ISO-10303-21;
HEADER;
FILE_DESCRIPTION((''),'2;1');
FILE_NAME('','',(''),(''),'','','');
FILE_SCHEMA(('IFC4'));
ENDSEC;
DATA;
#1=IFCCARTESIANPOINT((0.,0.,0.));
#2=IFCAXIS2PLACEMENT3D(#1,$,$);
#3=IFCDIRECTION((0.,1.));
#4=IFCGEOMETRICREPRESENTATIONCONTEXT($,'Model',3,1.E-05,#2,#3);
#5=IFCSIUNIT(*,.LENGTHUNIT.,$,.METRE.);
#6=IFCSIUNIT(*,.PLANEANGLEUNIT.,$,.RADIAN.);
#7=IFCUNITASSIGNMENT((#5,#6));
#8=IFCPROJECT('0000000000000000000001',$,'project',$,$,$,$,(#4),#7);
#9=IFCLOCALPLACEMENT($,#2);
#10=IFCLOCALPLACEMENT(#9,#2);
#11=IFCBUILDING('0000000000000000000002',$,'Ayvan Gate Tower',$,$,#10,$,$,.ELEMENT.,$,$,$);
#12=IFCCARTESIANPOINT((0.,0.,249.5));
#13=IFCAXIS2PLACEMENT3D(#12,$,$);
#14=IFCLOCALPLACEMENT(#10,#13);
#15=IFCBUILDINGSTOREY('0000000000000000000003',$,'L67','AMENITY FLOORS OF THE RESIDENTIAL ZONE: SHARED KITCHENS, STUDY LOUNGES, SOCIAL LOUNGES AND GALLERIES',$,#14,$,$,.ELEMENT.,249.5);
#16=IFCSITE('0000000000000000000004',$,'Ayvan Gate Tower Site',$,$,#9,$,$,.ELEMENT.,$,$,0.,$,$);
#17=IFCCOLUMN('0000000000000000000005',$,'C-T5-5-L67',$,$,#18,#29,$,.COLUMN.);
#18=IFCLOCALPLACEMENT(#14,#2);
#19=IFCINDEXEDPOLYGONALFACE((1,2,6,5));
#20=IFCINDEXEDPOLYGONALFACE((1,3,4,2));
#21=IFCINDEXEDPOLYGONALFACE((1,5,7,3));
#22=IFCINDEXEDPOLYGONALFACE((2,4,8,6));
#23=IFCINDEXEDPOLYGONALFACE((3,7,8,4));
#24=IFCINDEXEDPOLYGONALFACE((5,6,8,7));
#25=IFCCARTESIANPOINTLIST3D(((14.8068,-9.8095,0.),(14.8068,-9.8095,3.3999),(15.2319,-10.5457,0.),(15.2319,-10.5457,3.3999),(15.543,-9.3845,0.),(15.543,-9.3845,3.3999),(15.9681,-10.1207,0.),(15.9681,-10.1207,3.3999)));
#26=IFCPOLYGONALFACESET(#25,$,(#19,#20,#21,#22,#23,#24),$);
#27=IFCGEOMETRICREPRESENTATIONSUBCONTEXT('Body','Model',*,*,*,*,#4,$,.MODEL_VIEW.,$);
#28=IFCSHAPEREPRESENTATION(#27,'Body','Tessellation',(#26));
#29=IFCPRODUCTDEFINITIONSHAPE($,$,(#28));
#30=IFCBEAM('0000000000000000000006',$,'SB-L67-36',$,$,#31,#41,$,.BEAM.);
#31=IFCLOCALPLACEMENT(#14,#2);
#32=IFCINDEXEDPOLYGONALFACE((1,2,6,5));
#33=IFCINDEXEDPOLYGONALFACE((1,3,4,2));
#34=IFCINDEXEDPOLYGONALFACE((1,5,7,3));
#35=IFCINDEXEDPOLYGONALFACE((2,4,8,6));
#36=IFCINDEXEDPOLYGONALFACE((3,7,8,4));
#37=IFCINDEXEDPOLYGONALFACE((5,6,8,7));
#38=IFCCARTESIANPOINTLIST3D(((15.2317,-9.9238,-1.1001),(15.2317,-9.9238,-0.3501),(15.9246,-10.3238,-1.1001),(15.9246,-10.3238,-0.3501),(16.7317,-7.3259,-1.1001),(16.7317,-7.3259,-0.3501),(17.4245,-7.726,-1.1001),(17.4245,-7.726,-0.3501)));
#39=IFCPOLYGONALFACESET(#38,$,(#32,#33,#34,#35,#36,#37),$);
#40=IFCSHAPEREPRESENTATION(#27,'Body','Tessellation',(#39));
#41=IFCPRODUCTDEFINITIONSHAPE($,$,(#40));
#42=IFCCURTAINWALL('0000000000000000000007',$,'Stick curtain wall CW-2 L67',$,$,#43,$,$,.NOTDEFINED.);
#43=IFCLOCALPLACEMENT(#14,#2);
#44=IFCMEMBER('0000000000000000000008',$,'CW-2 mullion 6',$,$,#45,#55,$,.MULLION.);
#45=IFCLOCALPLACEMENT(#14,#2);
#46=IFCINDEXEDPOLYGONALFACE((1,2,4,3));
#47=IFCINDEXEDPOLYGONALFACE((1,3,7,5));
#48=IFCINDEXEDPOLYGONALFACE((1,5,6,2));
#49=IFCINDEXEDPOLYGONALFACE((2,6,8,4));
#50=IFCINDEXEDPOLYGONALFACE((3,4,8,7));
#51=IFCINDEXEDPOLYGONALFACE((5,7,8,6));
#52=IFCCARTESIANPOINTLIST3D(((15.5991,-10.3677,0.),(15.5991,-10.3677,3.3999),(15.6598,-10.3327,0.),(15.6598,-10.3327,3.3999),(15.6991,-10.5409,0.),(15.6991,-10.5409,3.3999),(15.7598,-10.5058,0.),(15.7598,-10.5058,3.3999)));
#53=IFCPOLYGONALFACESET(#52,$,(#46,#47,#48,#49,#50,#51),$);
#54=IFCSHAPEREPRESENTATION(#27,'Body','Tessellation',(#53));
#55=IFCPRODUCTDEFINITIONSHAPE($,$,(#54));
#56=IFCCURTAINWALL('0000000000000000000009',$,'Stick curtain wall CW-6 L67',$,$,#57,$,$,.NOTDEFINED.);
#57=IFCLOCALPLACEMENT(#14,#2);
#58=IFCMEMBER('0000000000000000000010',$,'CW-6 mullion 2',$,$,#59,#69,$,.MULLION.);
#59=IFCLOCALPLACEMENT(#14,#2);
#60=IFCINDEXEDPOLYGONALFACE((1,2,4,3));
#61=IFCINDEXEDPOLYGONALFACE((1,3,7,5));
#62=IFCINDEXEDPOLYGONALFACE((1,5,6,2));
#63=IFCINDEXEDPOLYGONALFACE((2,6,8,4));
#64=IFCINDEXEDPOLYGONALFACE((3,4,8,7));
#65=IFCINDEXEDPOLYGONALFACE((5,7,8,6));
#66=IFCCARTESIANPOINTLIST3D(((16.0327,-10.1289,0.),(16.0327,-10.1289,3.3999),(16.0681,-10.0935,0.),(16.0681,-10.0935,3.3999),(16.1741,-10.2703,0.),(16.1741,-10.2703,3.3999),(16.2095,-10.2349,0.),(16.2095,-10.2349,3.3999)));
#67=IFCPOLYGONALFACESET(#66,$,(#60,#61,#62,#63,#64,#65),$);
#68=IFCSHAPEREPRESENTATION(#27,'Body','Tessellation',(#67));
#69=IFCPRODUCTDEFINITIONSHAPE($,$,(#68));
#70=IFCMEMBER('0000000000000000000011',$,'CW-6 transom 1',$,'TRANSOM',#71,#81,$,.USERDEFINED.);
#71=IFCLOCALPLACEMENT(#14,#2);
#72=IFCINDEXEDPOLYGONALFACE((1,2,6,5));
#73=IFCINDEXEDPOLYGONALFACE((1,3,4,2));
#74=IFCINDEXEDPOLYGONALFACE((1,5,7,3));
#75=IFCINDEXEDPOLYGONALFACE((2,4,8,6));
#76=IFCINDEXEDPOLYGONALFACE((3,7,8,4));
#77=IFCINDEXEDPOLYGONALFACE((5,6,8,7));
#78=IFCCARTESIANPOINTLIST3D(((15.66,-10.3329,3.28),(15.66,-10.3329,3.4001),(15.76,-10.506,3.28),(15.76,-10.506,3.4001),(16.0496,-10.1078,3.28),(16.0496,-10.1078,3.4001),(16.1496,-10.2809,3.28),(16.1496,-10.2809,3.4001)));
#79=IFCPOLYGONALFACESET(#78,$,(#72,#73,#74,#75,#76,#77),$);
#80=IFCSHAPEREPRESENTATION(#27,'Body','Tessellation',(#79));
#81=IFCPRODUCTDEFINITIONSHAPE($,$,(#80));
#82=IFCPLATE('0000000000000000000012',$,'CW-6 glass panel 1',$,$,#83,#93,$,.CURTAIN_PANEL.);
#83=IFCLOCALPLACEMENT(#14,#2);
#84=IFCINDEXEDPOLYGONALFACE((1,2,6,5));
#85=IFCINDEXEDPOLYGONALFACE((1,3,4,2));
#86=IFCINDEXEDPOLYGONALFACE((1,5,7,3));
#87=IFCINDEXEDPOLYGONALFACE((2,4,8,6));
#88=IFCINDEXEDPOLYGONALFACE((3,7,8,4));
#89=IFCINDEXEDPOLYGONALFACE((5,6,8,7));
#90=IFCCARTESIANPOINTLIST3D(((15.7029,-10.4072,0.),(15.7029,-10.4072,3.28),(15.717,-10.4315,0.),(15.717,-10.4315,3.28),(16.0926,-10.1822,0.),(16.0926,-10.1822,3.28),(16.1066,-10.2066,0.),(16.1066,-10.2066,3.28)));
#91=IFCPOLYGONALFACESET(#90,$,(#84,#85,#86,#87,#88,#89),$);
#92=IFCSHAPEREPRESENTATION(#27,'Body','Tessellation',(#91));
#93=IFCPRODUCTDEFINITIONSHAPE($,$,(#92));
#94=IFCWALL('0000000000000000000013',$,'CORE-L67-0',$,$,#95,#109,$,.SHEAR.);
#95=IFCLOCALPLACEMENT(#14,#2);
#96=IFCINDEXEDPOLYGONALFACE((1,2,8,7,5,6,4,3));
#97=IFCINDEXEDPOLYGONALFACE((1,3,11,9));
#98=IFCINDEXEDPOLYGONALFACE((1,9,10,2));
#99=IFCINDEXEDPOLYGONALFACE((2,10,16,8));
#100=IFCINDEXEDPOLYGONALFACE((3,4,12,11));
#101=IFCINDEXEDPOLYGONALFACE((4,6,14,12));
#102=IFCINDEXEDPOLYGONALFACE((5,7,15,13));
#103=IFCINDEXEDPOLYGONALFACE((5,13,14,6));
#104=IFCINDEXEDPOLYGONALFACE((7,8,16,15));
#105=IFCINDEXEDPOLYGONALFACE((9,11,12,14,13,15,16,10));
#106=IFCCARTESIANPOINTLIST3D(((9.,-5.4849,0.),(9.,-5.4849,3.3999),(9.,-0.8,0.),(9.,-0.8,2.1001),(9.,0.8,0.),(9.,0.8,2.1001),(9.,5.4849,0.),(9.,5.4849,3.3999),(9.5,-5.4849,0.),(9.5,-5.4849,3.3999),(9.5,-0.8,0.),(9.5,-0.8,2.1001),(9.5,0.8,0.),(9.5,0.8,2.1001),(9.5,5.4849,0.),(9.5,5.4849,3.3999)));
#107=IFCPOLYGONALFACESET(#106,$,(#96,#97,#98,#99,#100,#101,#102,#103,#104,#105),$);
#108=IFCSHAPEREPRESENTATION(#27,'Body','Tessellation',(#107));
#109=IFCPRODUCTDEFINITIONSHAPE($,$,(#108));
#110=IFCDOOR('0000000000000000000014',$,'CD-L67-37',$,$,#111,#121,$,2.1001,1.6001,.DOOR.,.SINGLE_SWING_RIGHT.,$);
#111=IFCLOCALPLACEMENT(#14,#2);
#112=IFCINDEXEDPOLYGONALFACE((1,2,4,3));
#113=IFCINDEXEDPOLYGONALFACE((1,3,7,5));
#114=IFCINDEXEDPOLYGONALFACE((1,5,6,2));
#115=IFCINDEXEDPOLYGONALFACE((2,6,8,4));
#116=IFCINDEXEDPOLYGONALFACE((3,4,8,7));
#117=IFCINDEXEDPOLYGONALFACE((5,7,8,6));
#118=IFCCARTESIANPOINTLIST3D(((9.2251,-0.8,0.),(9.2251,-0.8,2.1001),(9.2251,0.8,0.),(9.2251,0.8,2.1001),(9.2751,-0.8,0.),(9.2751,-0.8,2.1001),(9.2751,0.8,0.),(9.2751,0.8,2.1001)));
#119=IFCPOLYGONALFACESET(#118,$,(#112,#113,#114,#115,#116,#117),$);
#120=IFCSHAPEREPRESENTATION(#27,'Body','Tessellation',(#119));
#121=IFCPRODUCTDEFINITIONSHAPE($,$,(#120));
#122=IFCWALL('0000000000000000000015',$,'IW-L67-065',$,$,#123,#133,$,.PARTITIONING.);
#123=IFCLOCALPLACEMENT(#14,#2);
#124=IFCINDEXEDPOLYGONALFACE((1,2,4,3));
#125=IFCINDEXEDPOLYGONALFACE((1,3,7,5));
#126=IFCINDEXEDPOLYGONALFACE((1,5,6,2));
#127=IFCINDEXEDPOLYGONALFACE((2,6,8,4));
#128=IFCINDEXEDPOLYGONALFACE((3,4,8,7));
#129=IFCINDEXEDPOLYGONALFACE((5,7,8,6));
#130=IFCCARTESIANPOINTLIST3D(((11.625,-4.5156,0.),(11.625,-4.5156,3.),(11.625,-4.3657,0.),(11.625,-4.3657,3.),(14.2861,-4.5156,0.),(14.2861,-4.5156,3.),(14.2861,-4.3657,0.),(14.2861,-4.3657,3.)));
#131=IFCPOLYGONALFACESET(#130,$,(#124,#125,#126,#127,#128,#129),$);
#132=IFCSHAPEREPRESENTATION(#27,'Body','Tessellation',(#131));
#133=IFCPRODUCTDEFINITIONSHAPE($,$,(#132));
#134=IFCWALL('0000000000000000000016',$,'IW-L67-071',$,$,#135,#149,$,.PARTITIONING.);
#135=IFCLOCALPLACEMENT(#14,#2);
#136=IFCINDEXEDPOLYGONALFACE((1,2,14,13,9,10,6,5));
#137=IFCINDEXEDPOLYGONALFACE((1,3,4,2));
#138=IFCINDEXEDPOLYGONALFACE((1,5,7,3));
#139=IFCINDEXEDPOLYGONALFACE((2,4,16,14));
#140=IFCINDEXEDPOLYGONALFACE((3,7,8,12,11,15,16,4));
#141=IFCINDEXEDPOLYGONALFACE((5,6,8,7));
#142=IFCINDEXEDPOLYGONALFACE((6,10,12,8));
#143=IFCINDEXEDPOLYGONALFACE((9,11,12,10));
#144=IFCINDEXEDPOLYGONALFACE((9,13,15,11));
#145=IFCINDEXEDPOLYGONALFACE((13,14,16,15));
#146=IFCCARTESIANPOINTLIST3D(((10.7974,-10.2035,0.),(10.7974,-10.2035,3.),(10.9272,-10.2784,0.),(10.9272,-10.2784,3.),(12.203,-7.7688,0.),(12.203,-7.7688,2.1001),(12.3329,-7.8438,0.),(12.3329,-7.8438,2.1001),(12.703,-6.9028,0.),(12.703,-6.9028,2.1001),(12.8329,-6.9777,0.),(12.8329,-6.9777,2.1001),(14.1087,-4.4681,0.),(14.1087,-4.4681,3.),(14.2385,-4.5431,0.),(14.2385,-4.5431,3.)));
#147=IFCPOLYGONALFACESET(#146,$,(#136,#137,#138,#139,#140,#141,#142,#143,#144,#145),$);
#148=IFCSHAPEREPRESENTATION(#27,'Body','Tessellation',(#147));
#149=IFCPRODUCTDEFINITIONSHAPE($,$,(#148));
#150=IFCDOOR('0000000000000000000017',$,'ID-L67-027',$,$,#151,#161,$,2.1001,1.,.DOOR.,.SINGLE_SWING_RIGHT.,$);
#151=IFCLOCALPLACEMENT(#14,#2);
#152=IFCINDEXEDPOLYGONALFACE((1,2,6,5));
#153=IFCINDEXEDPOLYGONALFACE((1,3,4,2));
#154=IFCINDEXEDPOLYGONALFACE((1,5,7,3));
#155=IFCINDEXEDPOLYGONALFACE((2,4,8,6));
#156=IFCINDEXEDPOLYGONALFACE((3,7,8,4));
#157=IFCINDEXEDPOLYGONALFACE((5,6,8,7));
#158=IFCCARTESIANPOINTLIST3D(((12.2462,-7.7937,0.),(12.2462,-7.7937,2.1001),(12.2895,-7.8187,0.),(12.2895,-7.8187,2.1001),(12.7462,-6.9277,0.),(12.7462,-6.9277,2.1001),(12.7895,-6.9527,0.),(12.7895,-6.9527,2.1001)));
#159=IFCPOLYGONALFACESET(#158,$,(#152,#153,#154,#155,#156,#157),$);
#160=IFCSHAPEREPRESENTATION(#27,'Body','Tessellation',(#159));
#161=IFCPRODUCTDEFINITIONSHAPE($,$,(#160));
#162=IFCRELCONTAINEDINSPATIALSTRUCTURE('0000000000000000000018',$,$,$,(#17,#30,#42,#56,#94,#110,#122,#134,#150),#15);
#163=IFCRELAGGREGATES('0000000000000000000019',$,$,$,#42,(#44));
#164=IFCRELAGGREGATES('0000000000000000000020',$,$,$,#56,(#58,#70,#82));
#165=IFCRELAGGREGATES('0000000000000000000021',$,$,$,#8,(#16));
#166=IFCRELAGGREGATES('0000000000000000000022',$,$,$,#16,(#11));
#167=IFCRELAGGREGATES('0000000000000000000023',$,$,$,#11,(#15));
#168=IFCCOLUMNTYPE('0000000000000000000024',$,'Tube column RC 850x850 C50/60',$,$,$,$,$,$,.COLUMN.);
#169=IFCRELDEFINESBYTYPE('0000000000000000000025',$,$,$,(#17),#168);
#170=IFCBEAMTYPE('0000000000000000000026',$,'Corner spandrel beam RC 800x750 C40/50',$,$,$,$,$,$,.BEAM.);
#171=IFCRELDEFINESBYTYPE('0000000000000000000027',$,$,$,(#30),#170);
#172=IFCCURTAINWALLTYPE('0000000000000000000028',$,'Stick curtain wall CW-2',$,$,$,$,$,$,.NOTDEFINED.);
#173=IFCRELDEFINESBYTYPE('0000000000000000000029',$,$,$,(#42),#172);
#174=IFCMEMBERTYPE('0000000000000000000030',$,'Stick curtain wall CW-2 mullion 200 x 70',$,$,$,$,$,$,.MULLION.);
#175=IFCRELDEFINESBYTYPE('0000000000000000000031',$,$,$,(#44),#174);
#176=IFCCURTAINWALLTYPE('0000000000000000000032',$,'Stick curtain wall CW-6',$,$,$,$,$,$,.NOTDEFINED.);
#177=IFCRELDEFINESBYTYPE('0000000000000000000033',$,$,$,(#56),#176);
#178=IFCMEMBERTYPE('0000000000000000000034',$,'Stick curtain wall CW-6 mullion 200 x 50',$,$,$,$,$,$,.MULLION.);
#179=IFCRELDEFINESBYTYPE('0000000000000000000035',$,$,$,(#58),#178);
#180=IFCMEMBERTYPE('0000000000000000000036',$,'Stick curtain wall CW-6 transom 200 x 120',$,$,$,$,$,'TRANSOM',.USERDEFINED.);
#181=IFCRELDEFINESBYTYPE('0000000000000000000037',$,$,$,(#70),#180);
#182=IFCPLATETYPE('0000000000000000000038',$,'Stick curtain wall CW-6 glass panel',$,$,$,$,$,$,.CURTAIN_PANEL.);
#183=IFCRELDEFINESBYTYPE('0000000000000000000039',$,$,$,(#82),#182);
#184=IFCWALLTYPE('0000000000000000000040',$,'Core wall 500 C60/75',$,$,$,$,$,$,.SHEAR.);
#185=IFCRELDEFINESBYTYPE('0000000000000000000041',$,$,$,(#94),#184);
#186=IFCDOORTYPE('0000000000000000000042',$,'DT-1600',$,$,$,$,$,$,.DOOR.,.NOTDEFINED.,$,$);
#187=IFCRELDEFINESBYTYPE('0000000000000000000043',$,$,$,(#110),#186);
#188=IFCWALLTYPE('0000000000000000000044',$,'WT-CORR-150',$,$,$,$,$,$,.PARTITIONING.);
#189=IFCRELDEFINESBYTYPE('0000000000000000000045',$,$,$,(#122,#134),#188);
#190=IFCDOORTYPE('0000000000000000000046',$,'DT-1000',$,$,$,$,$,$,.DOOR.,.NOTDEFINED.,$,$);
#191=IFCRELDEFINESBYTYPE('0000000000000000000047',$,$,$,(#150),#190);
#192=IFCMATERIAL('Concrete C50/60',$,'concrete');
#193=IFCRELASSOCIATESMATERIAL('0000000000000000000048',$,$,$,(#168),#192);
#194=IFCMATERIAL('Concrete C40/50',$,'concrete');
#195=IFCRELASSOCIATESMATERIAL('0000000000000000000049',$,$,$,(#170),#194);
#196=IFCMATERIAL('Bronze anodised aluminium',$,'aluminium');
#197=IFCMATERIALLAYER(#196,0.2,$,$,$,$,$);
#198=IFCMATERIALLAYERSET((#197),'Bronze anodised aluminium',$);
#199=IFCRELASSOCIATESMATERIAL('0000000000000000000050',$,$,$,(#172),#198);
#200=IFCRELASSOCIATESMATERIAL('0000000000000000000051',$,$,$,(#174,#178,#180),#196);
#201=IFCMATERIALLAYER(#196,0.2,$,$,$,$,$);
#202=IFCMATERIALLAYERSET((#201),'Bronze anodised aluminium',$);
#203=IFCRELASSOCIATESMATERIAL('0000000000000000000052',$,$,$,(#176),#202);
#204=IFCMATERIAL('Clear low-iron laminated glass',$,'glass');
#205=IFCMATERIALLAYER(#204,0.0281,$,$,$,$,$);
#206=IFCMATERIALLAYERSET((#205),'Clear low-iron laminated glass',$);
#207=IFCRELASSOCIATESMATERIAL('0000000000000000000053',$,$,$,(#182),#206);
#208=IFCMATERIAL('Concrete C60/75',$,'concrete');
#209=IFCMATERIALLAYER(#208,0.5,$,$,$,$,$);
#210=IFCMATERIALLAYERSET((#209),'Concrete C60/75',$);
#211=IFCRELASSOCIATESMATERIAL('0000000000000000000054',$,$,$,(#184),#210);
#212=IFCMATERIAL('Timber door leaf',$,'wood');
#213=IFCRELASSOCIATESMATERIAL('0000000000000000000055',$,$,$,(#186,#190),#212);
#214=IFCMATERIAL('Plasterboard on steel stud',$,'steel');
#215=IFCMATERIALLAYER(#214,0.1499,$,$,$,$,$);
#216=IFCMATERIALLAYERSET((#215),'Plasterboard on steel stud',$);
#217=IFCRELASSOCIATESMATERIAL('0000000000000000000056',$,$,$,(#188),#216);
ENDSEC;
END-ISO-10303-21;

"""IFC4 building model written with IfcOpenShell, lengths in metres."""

from ifc_helpers import new_model, si_unit, direction, frame, frame_2d, origin, origin_2d, place, context, subcontext, project, spatial, rectangle, extrude, material, layer, layer_set, material_profile, profile_set, type_object, element, fill, aggregate, save


model = new_model("IFC4")

# Units and contexts
model_context = context("Model", 3, precision=1e-05, world=origin(), true_north=direction((0.0, 1.0)))
body_context = subcontext(model_context, "Body", "Model", "MODEL_VIEW")
ifc_project = project(units=[si_unit("LENGTHUNIT", "METRE"), si_unit("PLANEANGLEUNIT", "RADIAN")], contexts=[model_context])

# Site, building, storey
site_placement = place(None, origin())
site = spatial("IfcSite", under=ifc_project, at=site_placement, Name="Ayvan Gate Tower Site", CompositionType="ELEMENT", RefElevation=0.0)
building_placement = place(site_placement, origin())
building = spatial("IfcBuilding", under=site, at=building_placement, Name="Ayvan Gate Tower", CompositionType="ELEMENT")
storey_placement = place(building_placement, frame((0.0, 0.0, 249.5)))
storey = spatial("IfcBuildingStorey", under=building, at=storey_placement, Name="L67", Description="AMENITY FLOORS OF THE RESIDENTIAL ZONE: SHARED KITCHENS, STUDY LOUNGES, SOCIAL LOUNGES AND GALLERIES", CompositionType="ELEMENT", Elevation=249.5)

# Column
ifc_material_1 = material(Name="Concrete C50/60", Category="concrete")
ifc_material_profile_1 = material_profile(ifc_material_1, rectangle(XDim=0.8501, YDim=0.8501, at=origin_2d()), Name="RC 850x850")
ifc_profile_set_1 = profile_set([ifc_material_profile_1], Name="Concrete C50/60")
column_type = type_object("IfcColumnType", Name="Tube column RC 850x850 C50/60", PredefinedType="COLUMN", material=ifc_profile_set_1)
column_placement = place(storey_placement, frame((15.3875, -9.9651, 0.0), z_axis=(0.0, 0.0, 1.0), x_axis=(0.5, -0.866025, 0.0)))
element("IfcColumn", 1, at=column_placement, inside=storey, type_object=column_type, Name="C-T5-5-L67", PredefinedType="COLUMN", context=body_context, shape_type="SweptSolid", body=[
    extrude(rectangle(XDim=0.8501, YDim=0.8501, at=origin_2d()), origin(), (0.0, 0.0, 1.0), 3.3999),
])

# Beam
ifc_material_2 = material(Name="Concrete C40/50", Category="concrete")
ifc_material_profile_2 = material_profile(ifc_material_2, rectangle(XDim=0.8, YDim=0.75, at=origin_2d()), Name="RC 800x750")
ifc_profile_set_2 = profile_set([ifc_material_profile_2], Name="Concrete C40/50")
beam_type = type_object("IfcBeamType", Name="Corner spandrel beam RC 800x750 C40/50", PredefinedType="BEAM", material=ifc_profile_set_2)
beam_placement = place(storey_placement, frame((15.5781, -10.1238, -0.7251), z_axis=(0.500025, 0.866011, 0.0), x_axis=(-0.866011, 0.500025, 0.0)))
element("IfcBeam", 2, at=beam_placement, inside=storey, type_object=beam_type, Name="SB-L67-36", PredefinedType="BEAM", context=body_context, shape_type="SweptSolid", body=[
    extrude(rectangle(XDim=0.8, YDim=0.75, at=origin_2d()), origin(), (0.0, 0.0, 1.0), 2.9998),
])

# Curtain wall, member
ifc_material_3 = material(Name="Bronze anodised aluminium", Category="aluminium")
ifc_layer_1 = layer(ifc_material_3, 0.2)
ifc_layer_set_1 = layer_set([ifc_layer_1], Name="Bronze anodised aluminium")
curtain_wall_type_1 = type_object("IfcCurtainWallType", Name="Stick curtain wall CW-2", PredefinedType="NOTDEFINED", material=ifc_layer_set_1)
curtain_wall_1_placement = place(storey_placement, origin())
curtain_wall_1 = element("IfcCurtainWall", 3, at=curtain_wall_1_placement, inside=storey, type_object=curtain_wall_type_1, Name="Stick curtain wall CW-2 L67", PredefinedType="NOTDEFINED")
ifc_material_profile_3 = material_profile(ifc_material_3, rectangle(XDim=0.2, YDim=0.0701, at=origin_2d()), Name="Stick curtain wall CW-2 mullion 200 x 70")
ifc_profile_set_3 = profile_set([ifc_material_profile_3], Name="Bronze anodised aluminium")
member_type_1 = type_object("IfcMemberType", Name="Stick curtain wall CW-2 mullion 200 x 70", PredefinedType="MULLION", material=ifc_profile_set_3)
member_1_placement = place(storey_placement, frame((15.6794, -10.4368, 0.0), z_axis=(0.0, 0.0, 1.0), x_axis=(0.5, -0.866025, 0.0)))
member_1 = element("IfcMember", 4, at=member_1_placement, type_object=member_type_1, Name="CW-2 mullion 6", PredefinedType="MULLION", context=body_context, shape_type="SweptSolid", body=[
    extrude(rectangle(XDim=0.2, YDim=0.0701, at=origin_2d()), origin(), (0.0, 0.0, 1.0), 3.3999),
])
aggregate(curtain_wall_1, [member_1])

# Curtain wall, members, plate
ifc_layer_2 = layer(ifc_material_3, 0.2)
ifc_layer_set_2 = layer_set([ifc_layer_2], Name="Bronze anodised aluminium")
curtain_wall_type_2 = type_object("IfcCurtainWallType", Name="Stick curtain wall CW-6", PredefinedType="NOTDEFINED", material=ifc_layer_set_2)
curtain_wall_2_placement = place(storey_placement, origin())
curtain_wall_2 = element("IfcCurtainWall", 5, at=curtain_wall_2_placement, inside=storey, type_object=curtain_wall_type_2, Name="Stick curtain wall CW-6 L67", PredefinedType="NOTDEFINED")
ifc_material_profile_4 = material_profile(ifc_material_3, rectangle(XDim=0.2, YDim=0.05, at=origin_2d()), Name="Stick curtain wall CW-6 mullion 200 x 50")
ifc_profile_set_4 = profile_set([ifc_material_profile_4], Name="Bronze anodised aluminium")
member_type_2 = type_object("IfcMemberType", Name="Stick curtain wall CW-6 mullion 200 x 50", PredefinedType="MULLION", material=ifc_profile_set_4)
member_2_placement = place(storey_placement, frame((16.1211, -10.1819, 0.0), z_axis=(0.0, 0.0, 1.0), x_axis=(0.707107, -0.707107, 0.0)))
member_2 = element("IfcMember", 6, at=member_2_placement, type_object=member_type_2, Name="CW-6 mullion 2", PredefinedType="MULLION", context=body_context, shape_type="SweptSolid", body=[
    extrude(rectangle(XDim=0.2, YDim=0.05, at=origin_2d()), origin(), (0.0, 0.0, 1.0), 3.3999),
])
ifc_material_profile_5 = material_profile(ifc_material_3, rectangle(XDim=0.2, YDim=0.1201, at=origin_2d()), Name="Stick curtain wall CW-6 transom 200 x 120")
ifc_profile_set_5 = profile_set([ifc_material_profile_5], Name="Bronze anodised aluminium")
member_type_3 = type_object("IfcMemberType", Name="Stick curtain wall CW-6 transom 200 x 120", ElementType="TRANSOM", PredefinedType="USERDEFINED", material=ifc_profile_set_5)
member_3_placement = place(storey_placement, frame((15.71, -10.4194, 3.3401), z_axis=(0.865896, 0.500223, 0.0), x_axis=(-0.500223, 0.865896, 0.0)))
member_3 = element("IfcMember", 7, at=member_3_placement, type_object=member_type_3, Name="CW-6 transom 1", ObjectType="TRANSOM", PredefinedType="USERDEFINED", context=body_context, shape_type="SweptSolid", body=[
    extrude(rectangle(XDim=0.2, YDim=0.1201, at=origin_2d()), origin(), (0.0, 0.0, 1.0), 0.45),
])
ifc_material_4 = material(Name="Clear low-iron laminated glass", Category="glass")
ifc_layer_3 = layer(ifc_material_4, 0.0281)
ifc_layer_set_3 = layer_set([ifc_layer_3], Name="Clear low-iron laminated glass")
plate_type = type_object("IfcPlateType", Name="Stick curtain wall CW-6 glass panel", PredefinedType="CURTAIN_PANEL", material=ifc_layer_set_3)
plate_placement = place(storey_placement, frame((15.9048, -10.3069, 0.0), z_axis=(0.0, 0.0, 1.0), x_axis=(0.866025, 0.5, 0.0)))
plate = element("IfcPlate", 8, at=plate_placement, type_object=plate_type, Name="CW-6 glass panel 1", PredefinedType="CURTAIN_PANEL", context=body_context, shape_type="SweptSolid", body=[
    extrude(rectangle(XDim=0.45, YDim=0.0281, at=origin_2d()), origin(), (0.0, 0.0, 1.0), 3.28),
])
aggregate(curtain_wall_2, [member_2, member_3, plate])

# Wall, opening, door
ifc_material_5 = material(Name="Concrete C60/75", Category="concrete")
ifc_layer_4 = layer(ifc_material_5, 0.5)
ifc_layer_set_4 = layer_set([ifc_layer_4], Name="Concrete C60/75")
wall_type_1 = type_object("IfcWallType", Name="Core wall 500 C60/75", PredefinedType="SHEAR", material=ifc_layer_set_4)
wall_1_placement = place(storey_placement, frame((9.25, -5.4849, 0.0), z_axis=(0.0, 0.0, 1.0), x_axis=(0.0, 1.0, 0.0)))
wall_1 = element("IfcWall", 9, at=wall_1_placement, inside=storey, type_object=wall_type_1, Name="CORE-L67-0", PredefinedType="SHEAR", context=body_context, shape_type="SweptSolid", body=[
    extrude(rectangle(XDim=10.9697, YDim=0.5, at=frame_2d((5.4849, 0.0))), origin(), (0.0, 0.0, 1.0), 3.3999),
])
opening_1_placement = place(wall_1_placement, frame((4.6848, 0.0, 0.0)))
opening_1 = element("IfcOpeningElement", 10, at=opening_1_placement, cuts=wall_1, PredefinedType="OPENING", context=body_context, shape_type="SweptSolid", body=[
    extrude(rectangle(XDim=1.6001, YDim=2.1001, at=frame_2d((0.8, 1.05))), frame((0.0, 0.26, 0.0), z_axis=(0.0, -1.0, 0.0), x_axis=(1.0, 0.0, 0.0)), (0.0, 0.0, 1.0), 0.52),
])
ifc_material_6 = material(Name="Timber door leaf", Category="wood")
door_type_1 = type_object("IfcDoorType", Name="DT-1600", OperationType="NOTDEFINED", PredefinedType="DOOR", material=ifc_material_6)
door_1_placement = place(opening_1_placement, origin())
door_1 = element("IfcDoor", 11, at=door_1_placement, inside=storey, type_object=door_type_1, Name="CD-L67-37", OperationType="SINGLE_SWING_RIGHT", OverallHeight=2.1001, OverallWidth=1.6001, PredefinedType="DOOR", context=body_context, shape_type="SweptSolid", body=[
    extrude(rectangle(XDim=1.6001, YDim=2.1001, at=frame_2d((0.8, 1.05))), frame((0.0, 0.0249, 0.0), z_axis=(0.0, -1.0, 0.0), x_axis=(1.0, 0.0, 0.0)), (0.0, 0.0, 1.0), 0.05),
])
fill(opening_1, door_1)

# Wall
ifc_material_7 = material(Name="Plasterboard on steel stud", Category="steel")
ifc_layer_5 = layer(ifc_material_7, 0.1499)
ifc_layer_set_5 = layer_set([ifc_layer_5], Name="Plasterboard on steel stud")
wall_type_2 = type_object("IfcWallType", Name="WT-CORR-150", PredefinedType="PARTITIONING", material=ifc_layer_set_5)
wall_2_placement = place(storey_placement, frame((11.625, -4.4407, 0.0), z_axis=(0.0, 0.0, 1.0), x_axis=(1.0, 0.0, 0.0)))
element("IfcWall", 12, at=wall_2_placement, inside=storey, type_object=wall_type_2, Name="IW-L67-065", PredefinedType="PARTITIONING", context=body_context, shape_type="SweptSolid", body=[
    extrude(rectangle(XDim=2.6611, YDim=0.1499, at=frame_2d((1.3306, 0.0))), origin(), (0.0, 0.0, 1.0), 3.0),
])

# Wall, opening, door
wall_3_placement = place(storey_placement, frame((14.1736, -4.5056, 0.0), z_axis=(0.0, 0.0, 1.0), x_axis=(-0.499997, -0.866027, 0.0)))
wall_3 = element("IfcWall", 13, at=wall_3_placement, inside=storey, type_object=wall_type_2, Name="IW-L67-071", PredefinedType="PARTITIONING", context=body_context, shape_type="SweptSolid", body=[
    extrude(rectangle(XDim=6.6226, YDim=0.1499, at=frame_2d((3.3113, 0.0))), origin(), (0.0, 0.0, 1.0), 3.0),
])
opening_2_placement = place(wall_3_placement, frame((2.8113, 0.0, 0.0)))
opening_2 = element("IfcOpeningElement", 14, at=opening_2_placement, cuts=wall_3, PredefinedType="OPENING", context=body_context, shape_type="SweptSolid", body=[
    extrude(rectangle(XDim=1.0, YDim=2.1001, at=frame_2d((0.5, 1.05))), frame((0.0, 0.085, 0.0), z_axis=(0.0, -1.0, 0.0), x_axis=(1.0, 0.0, 0.0)), (0.0, 0.0, 1.0), 0.1699),
])
door_type_2 = type_object("IfcDoorType", Name="DT-1000", OperationType="NOTDEFINED", PredefinedType="DOOR", material=ifc_material_6)
door_2_placement = place(opening_2_placement, origin())
door_2 = element("IfcDoor", 15, at=door_2_placement, inside=storey, type_object=door_type_2, Name="ID-L67-027", OperationType="SINGLE_SWING_RIGHT", OverallHeight=2.1001, OverallWidth=1.0, PredefinedType="DOOR", context=body_context, shape_type="SweptSolid", body=[
    extrude(rectangle(XDim=1.0, YDim=2.1001, at=frame_2d((0.5, 1.05))), frame((0.0, 0.0249, 0.0), z_axis=(0.0, -1.0, 0.0), x_axis=(1.0, 0.0, 0.0)), (0.0, 0.0, 1.0), 0.05),
])
fill(opening_2, door_2)

save(model, "model.ifc")
